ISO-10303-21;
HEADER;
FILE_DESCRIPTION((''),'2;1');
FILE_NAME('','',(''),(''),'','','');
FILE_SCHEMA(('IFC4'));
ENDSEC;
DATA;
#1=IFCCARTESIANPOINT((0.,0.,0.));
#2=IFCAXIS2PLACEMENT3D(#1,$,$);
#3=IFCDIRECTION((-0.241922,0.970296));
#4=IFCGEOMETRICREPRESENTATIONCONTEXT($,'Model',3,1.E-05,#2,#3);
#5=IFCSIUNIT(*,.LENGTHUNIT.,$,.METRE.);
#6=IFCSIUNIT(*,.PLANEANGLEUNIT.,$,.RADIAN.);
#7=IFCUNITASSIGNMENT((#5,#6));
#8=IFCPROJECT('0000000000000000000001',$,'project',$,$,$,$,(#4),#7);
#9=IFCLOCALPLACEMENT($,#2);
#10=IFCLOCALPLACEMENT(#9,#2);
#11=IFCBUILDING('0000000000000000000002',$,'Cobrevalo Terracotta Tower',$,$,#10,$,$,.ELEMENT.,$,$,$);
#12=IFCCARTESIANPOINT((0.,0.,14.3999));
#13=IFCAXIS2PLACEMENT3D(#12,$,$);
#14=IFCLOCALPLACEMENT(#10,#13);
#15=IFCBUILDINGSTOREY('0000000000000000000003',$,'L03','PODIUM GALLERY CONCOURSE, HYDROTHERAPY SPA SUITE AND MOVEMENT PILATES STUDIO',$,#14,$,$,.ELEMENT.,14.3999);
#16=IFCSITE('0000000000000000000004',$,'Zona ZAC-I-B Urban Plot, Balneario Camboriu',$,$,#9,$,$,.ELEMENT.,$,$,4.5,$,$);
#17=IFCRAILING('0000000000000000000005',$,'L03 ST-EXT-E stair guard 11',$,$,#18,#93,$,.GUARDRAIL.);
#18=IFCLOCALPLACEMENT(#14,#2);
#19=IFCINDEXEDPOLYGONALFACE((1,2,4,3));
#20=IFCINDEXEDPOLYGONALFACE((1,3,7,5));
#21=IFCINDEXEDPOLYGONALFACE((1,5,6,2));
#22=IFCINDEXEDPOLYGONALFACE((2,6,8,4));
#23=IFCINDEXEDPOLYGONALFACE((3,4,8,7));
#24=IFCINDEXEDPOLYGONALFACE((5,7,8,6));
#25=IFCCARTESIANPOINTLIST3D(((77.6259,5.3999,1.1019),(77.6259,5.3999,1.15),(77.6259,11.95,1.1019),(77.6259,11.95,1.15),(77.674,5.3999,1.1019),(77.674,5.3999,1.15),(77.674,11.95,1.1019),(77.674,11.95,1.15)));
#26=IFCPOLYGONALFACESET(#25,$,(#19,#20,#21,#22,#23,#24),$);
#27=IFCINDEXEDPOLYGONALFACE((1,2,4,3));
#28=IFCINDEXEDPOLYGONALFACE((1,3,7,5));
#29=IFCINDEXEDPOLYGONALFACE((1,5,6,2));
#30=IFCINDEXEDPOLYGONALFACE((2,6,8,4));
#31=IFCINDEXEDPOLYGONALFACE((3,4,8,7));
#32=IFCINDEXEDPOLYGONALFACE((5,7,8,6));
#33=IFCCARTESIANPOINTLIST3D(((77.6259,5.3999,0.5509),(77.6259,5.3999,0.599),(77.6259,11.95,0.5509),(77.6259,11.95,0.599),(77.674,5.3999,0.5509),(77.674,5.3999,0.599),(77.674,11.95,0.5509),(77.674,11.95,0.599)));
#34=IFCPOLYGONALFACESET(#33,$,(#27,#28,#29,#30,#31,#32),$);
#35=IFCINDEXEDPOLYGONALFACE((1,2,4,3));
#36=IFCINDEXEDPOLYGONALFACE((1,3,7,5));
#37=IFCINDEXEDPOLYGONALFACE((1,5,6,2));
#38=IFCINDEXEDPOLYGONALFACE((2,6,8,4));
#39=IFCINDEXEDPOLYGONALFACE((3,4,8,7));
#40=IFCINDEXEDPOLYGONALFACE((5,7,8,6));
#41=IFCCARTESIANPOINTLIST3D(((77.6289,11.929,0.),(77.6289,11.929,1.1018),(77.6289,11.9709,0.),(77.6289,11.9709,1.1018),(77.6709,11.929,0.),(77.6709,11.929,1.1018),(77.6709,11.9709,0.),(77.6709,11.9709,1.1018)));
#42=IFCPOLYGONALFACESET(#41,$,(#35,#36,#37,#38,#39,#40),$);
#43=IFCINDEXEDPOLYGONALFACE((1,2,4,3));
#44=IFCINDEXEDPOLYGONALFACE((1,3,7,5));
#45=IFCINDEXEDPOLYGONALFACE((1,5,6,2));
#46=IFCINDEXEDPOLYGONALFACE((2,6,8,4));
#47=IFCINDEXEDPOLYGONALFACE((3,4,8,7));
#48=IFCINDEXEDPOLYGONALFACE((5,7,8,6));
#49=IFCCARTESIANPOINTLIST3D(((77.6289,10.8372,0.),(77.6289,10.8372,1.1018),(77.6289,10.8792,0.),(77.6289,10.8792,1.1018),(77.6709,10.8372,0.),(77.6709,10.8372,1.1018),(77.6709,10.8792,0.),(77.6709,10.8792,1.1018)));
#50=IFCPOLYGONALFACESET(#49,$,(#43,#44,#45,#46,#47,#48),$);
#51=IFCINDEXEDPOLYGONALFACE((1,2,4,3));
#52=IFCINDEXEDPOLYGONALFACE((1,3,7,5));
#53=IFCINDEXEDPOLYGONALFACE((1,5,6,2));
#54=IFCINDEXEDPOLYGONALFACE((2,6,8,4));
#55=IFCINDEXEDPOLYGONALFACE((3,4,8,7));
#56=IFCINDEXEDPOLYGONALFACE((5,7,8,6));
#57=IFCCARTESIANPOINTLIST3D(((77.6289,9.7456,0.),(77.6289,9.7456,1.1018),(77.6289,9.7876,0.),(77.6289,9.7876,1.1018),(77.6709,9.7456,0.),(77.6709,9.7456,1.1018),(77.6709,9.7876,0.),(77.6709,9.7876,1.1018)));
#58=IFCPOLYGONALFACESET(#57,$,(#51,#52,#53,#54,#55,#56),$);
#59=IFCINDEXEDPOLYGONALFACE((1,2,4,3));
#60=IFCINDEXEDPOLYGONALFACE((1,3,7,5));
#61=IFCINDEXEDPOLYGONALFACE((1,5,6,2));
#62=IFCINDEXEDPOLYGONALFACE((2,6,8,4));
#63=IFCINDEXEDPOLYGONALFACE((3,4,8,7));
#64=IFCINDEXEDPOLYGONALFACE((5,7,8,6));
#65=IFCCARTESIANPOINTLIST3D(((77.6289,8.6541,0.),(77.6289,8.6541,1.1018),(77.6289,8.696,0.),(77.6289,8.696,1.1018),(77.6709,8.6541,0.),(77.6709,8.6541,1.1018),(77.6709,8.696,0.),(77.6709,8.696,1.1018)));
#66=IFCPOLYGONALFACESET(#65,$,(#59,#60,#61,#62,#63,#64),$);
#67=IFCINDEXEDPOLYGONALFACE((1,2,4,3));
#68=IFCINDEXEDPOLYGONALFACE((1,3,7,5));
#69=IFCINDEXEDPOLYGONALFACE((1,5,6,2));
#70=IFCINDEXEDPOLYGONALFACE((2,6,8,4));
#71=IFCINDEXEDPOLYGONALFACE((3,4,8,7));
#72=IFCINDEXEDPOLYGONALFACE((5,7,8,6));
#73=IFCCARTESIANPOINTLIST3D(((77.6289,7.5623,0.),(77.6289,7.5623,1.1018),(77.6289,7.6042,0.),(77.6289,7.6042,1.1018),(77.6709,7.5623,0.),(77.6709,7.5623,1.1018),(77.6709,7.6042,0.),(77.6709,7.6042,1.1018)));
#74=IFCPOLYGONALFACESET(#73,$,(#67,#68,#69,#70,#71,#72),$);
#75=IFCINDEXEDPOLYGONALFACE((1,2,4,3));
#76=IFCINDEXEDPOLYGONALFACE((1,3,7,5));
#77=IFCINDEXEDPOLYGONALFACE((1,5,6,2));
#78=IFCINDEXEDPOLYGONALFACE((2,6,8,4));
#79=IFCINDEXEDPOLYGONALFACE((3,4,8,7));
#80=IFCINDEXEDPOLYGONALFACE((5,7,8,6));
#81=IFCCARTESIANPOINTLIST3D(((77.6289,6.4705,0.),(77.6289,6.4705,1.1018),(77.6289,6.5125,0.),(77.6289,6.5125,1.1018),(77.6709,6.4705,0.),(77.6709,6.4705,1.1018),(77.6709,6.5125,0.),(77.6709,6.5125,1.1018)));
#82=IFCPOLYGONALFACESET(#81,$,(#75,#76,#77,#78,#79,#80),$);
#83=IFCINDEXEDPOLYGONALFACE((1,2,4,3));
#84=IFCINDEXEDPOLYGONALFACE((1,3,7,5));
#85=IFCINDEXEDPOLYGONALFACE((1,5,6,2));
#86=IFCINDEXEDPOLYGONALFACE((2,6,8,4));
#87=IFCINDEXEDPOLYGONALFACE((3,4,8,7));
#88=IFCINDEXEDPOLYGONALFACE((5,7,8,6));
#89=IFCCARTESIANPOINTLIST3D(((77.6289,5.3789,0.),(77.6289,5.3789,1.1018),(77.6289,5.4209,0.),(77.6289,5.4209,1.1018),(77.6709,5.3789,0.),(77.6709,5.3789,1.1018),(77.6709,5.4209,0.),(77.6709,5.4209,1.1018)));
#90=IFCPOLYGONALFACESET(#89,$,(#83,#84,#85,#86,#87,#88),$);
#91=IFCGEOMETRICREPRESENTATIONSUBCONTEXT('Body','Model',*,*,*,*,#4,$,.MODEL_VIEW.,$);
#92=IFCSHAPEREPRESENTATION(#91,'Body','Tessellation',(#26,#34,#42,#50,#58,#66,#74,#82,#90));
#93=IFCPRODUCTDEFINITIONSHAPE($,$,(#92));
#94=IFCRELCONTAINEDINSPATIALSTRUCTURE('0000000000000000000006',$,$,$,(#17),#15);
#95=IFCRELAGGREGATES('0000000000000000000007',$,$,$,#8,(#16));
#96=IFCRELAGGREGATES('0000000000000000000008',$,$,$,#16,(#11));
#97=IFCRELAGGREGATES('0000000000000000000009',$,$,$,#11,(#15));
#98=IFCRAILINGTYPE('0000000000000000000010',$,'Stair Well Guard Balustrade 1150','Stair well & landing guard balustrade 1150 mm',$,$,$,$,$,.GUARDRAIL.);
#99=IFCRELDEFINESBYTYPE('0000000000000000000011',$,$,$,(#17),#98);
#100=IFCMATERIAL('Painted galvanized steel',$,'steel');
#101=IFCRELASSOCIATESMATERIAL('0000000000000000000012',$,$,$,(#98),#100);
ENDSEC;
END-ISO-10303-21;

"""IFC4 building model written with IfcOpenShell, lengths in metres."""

from ifc_helpers import new_model, si_unit, direction, frame, origin, origin_2d, place, context, subcontext, project, spatial, rectangle, extrude, material, type_object, element, save


model = new_model("IFC4")

# Units and contexts
model_context = context("Model", 3, precision=1e-05, world=origin(), true_north=direction((-0.241922, 0.970296)))
body_context = subcontext(model_context, "Body", "Model", "MODEL_VIEW")
ifc_project = project(units=[si_unit("LENGTHUNIT", "METRE"), si_unit("PLANEANGLEUNIT", "RADIAN")], contexts=[model_context])

# Site, building, storey
site_placement = place(None, origin())
site = spatial("IfcSite", under=ifc_project, at=site_placement, Name="Zona ZAC-I-B Urban Plot, Balneario Camboriu", CompositionType="ELEMENT", RefElevation=4.5)
building_placement = place(site_placement, origin())
building = spatial("IfcBuilding", under=site, at=building_placement, Name="Cobrevalo Terracotta Tower", CompositionType="ELEMENT")
storey_placement = place(building_placement, frame((0.0, 0.0, 14.3999)))
storey = spatial("IfcBuildingStorey", under=building, at=storey_placement, Name="L03", Description="PODIUM GALLERY CONCOURSE, HYDROTHERAPY SPA SUITE AND MOVEMENT PILATES STUDIO", CompositionType="ELEMENT", Elevation=14.3999)

# Railing
ifc_material_1 = material(Name="Painted galvanized steel", Category="steel")
railing_type_1 = type_object("IfcRailingType", Name="Stair Well Guard Balustrade 1150", Description="Stair well & landing guard balustrade 1150 mm", PredefinedType="GUARDRAIL", material=ifc_material_1)
for number, where, name in (
    (1, (77.6499, 11.95, 0.0), "L03 ST-EXT-E stair guard 11"),
):
    element("IfcRailing", number, at=place(storey_placement, frame(where)), inside=storey, type_object=railing_type_1, Name=name, PredefinedType="GUARDRAIL", context=body_context, shape_type="SweptSolid", body=[
        extrude(rectangle(XDim=0.0481, YDim=0.0481, at=origin_2d()), frame((0.0, 0.0, 1.126), z_axis=(0.0, -1.0, 0.0), x_axis=(1.0, 0.0, 0.0)), (0.0, 0.0, 1.0), 6.55),
        extrude(rectangle(XDim=0.0481, YDim=0.0481, at=origin_2d()), frame((0.0, 0.0, 0.575), z_axis=(0.0, -1.0, 0.0), x_axis=(1.0, 0.0, 0.0)), (0.0, 0.0, 1.0), 6.55),
        extrude(rectangle(XDim=0.042, YDim=0.042, at=origin_2d()), origin(), (0.0, 0.0, 1.0), 1.1018),
        extrude(rectangle(XDim=0.042, YDim=0.042, at=origin_2d()), frame((0.0, -1.0918, 0.0)), (0.0, 0.0, 1.0), 1.1018),
        extrude(rectangle(XDim=0.042, YDim=0.042, at=origin_2d()), frame((0.0, -2.1833, 0.0)), (0.0, 0.0, 1.0), 1.1018),
        extrude(rectangle(XDim=0.042, YDim=0.042, at=origin_2d()), frame((0.0, -3.2749, 0.0)), (0.0, 0.0, 1.0), 1.1018),
        extrude(rectangle(XDim=0.042, YDim=0.042, at=origin_2d()), frame((0.0, -4.3667, 0.0)), (0.0, 0.0, 1.0), 1.1018),
        extrude(rectangle(XDim=0.042, YDim=0.042, at=origin_2d()), frame((0.0, -5.4585, 0.0)), (0.0, 0.0, 1.0), 1.1018),
        extrude(rectangle(XDim=0.042, YDim=0.042, at=origin_2d()), frame((0.0, -6.55, 0.0)), (0.0, 0.0, 1.0), 1.1018),
    ])

save(model, "model.ifc")
